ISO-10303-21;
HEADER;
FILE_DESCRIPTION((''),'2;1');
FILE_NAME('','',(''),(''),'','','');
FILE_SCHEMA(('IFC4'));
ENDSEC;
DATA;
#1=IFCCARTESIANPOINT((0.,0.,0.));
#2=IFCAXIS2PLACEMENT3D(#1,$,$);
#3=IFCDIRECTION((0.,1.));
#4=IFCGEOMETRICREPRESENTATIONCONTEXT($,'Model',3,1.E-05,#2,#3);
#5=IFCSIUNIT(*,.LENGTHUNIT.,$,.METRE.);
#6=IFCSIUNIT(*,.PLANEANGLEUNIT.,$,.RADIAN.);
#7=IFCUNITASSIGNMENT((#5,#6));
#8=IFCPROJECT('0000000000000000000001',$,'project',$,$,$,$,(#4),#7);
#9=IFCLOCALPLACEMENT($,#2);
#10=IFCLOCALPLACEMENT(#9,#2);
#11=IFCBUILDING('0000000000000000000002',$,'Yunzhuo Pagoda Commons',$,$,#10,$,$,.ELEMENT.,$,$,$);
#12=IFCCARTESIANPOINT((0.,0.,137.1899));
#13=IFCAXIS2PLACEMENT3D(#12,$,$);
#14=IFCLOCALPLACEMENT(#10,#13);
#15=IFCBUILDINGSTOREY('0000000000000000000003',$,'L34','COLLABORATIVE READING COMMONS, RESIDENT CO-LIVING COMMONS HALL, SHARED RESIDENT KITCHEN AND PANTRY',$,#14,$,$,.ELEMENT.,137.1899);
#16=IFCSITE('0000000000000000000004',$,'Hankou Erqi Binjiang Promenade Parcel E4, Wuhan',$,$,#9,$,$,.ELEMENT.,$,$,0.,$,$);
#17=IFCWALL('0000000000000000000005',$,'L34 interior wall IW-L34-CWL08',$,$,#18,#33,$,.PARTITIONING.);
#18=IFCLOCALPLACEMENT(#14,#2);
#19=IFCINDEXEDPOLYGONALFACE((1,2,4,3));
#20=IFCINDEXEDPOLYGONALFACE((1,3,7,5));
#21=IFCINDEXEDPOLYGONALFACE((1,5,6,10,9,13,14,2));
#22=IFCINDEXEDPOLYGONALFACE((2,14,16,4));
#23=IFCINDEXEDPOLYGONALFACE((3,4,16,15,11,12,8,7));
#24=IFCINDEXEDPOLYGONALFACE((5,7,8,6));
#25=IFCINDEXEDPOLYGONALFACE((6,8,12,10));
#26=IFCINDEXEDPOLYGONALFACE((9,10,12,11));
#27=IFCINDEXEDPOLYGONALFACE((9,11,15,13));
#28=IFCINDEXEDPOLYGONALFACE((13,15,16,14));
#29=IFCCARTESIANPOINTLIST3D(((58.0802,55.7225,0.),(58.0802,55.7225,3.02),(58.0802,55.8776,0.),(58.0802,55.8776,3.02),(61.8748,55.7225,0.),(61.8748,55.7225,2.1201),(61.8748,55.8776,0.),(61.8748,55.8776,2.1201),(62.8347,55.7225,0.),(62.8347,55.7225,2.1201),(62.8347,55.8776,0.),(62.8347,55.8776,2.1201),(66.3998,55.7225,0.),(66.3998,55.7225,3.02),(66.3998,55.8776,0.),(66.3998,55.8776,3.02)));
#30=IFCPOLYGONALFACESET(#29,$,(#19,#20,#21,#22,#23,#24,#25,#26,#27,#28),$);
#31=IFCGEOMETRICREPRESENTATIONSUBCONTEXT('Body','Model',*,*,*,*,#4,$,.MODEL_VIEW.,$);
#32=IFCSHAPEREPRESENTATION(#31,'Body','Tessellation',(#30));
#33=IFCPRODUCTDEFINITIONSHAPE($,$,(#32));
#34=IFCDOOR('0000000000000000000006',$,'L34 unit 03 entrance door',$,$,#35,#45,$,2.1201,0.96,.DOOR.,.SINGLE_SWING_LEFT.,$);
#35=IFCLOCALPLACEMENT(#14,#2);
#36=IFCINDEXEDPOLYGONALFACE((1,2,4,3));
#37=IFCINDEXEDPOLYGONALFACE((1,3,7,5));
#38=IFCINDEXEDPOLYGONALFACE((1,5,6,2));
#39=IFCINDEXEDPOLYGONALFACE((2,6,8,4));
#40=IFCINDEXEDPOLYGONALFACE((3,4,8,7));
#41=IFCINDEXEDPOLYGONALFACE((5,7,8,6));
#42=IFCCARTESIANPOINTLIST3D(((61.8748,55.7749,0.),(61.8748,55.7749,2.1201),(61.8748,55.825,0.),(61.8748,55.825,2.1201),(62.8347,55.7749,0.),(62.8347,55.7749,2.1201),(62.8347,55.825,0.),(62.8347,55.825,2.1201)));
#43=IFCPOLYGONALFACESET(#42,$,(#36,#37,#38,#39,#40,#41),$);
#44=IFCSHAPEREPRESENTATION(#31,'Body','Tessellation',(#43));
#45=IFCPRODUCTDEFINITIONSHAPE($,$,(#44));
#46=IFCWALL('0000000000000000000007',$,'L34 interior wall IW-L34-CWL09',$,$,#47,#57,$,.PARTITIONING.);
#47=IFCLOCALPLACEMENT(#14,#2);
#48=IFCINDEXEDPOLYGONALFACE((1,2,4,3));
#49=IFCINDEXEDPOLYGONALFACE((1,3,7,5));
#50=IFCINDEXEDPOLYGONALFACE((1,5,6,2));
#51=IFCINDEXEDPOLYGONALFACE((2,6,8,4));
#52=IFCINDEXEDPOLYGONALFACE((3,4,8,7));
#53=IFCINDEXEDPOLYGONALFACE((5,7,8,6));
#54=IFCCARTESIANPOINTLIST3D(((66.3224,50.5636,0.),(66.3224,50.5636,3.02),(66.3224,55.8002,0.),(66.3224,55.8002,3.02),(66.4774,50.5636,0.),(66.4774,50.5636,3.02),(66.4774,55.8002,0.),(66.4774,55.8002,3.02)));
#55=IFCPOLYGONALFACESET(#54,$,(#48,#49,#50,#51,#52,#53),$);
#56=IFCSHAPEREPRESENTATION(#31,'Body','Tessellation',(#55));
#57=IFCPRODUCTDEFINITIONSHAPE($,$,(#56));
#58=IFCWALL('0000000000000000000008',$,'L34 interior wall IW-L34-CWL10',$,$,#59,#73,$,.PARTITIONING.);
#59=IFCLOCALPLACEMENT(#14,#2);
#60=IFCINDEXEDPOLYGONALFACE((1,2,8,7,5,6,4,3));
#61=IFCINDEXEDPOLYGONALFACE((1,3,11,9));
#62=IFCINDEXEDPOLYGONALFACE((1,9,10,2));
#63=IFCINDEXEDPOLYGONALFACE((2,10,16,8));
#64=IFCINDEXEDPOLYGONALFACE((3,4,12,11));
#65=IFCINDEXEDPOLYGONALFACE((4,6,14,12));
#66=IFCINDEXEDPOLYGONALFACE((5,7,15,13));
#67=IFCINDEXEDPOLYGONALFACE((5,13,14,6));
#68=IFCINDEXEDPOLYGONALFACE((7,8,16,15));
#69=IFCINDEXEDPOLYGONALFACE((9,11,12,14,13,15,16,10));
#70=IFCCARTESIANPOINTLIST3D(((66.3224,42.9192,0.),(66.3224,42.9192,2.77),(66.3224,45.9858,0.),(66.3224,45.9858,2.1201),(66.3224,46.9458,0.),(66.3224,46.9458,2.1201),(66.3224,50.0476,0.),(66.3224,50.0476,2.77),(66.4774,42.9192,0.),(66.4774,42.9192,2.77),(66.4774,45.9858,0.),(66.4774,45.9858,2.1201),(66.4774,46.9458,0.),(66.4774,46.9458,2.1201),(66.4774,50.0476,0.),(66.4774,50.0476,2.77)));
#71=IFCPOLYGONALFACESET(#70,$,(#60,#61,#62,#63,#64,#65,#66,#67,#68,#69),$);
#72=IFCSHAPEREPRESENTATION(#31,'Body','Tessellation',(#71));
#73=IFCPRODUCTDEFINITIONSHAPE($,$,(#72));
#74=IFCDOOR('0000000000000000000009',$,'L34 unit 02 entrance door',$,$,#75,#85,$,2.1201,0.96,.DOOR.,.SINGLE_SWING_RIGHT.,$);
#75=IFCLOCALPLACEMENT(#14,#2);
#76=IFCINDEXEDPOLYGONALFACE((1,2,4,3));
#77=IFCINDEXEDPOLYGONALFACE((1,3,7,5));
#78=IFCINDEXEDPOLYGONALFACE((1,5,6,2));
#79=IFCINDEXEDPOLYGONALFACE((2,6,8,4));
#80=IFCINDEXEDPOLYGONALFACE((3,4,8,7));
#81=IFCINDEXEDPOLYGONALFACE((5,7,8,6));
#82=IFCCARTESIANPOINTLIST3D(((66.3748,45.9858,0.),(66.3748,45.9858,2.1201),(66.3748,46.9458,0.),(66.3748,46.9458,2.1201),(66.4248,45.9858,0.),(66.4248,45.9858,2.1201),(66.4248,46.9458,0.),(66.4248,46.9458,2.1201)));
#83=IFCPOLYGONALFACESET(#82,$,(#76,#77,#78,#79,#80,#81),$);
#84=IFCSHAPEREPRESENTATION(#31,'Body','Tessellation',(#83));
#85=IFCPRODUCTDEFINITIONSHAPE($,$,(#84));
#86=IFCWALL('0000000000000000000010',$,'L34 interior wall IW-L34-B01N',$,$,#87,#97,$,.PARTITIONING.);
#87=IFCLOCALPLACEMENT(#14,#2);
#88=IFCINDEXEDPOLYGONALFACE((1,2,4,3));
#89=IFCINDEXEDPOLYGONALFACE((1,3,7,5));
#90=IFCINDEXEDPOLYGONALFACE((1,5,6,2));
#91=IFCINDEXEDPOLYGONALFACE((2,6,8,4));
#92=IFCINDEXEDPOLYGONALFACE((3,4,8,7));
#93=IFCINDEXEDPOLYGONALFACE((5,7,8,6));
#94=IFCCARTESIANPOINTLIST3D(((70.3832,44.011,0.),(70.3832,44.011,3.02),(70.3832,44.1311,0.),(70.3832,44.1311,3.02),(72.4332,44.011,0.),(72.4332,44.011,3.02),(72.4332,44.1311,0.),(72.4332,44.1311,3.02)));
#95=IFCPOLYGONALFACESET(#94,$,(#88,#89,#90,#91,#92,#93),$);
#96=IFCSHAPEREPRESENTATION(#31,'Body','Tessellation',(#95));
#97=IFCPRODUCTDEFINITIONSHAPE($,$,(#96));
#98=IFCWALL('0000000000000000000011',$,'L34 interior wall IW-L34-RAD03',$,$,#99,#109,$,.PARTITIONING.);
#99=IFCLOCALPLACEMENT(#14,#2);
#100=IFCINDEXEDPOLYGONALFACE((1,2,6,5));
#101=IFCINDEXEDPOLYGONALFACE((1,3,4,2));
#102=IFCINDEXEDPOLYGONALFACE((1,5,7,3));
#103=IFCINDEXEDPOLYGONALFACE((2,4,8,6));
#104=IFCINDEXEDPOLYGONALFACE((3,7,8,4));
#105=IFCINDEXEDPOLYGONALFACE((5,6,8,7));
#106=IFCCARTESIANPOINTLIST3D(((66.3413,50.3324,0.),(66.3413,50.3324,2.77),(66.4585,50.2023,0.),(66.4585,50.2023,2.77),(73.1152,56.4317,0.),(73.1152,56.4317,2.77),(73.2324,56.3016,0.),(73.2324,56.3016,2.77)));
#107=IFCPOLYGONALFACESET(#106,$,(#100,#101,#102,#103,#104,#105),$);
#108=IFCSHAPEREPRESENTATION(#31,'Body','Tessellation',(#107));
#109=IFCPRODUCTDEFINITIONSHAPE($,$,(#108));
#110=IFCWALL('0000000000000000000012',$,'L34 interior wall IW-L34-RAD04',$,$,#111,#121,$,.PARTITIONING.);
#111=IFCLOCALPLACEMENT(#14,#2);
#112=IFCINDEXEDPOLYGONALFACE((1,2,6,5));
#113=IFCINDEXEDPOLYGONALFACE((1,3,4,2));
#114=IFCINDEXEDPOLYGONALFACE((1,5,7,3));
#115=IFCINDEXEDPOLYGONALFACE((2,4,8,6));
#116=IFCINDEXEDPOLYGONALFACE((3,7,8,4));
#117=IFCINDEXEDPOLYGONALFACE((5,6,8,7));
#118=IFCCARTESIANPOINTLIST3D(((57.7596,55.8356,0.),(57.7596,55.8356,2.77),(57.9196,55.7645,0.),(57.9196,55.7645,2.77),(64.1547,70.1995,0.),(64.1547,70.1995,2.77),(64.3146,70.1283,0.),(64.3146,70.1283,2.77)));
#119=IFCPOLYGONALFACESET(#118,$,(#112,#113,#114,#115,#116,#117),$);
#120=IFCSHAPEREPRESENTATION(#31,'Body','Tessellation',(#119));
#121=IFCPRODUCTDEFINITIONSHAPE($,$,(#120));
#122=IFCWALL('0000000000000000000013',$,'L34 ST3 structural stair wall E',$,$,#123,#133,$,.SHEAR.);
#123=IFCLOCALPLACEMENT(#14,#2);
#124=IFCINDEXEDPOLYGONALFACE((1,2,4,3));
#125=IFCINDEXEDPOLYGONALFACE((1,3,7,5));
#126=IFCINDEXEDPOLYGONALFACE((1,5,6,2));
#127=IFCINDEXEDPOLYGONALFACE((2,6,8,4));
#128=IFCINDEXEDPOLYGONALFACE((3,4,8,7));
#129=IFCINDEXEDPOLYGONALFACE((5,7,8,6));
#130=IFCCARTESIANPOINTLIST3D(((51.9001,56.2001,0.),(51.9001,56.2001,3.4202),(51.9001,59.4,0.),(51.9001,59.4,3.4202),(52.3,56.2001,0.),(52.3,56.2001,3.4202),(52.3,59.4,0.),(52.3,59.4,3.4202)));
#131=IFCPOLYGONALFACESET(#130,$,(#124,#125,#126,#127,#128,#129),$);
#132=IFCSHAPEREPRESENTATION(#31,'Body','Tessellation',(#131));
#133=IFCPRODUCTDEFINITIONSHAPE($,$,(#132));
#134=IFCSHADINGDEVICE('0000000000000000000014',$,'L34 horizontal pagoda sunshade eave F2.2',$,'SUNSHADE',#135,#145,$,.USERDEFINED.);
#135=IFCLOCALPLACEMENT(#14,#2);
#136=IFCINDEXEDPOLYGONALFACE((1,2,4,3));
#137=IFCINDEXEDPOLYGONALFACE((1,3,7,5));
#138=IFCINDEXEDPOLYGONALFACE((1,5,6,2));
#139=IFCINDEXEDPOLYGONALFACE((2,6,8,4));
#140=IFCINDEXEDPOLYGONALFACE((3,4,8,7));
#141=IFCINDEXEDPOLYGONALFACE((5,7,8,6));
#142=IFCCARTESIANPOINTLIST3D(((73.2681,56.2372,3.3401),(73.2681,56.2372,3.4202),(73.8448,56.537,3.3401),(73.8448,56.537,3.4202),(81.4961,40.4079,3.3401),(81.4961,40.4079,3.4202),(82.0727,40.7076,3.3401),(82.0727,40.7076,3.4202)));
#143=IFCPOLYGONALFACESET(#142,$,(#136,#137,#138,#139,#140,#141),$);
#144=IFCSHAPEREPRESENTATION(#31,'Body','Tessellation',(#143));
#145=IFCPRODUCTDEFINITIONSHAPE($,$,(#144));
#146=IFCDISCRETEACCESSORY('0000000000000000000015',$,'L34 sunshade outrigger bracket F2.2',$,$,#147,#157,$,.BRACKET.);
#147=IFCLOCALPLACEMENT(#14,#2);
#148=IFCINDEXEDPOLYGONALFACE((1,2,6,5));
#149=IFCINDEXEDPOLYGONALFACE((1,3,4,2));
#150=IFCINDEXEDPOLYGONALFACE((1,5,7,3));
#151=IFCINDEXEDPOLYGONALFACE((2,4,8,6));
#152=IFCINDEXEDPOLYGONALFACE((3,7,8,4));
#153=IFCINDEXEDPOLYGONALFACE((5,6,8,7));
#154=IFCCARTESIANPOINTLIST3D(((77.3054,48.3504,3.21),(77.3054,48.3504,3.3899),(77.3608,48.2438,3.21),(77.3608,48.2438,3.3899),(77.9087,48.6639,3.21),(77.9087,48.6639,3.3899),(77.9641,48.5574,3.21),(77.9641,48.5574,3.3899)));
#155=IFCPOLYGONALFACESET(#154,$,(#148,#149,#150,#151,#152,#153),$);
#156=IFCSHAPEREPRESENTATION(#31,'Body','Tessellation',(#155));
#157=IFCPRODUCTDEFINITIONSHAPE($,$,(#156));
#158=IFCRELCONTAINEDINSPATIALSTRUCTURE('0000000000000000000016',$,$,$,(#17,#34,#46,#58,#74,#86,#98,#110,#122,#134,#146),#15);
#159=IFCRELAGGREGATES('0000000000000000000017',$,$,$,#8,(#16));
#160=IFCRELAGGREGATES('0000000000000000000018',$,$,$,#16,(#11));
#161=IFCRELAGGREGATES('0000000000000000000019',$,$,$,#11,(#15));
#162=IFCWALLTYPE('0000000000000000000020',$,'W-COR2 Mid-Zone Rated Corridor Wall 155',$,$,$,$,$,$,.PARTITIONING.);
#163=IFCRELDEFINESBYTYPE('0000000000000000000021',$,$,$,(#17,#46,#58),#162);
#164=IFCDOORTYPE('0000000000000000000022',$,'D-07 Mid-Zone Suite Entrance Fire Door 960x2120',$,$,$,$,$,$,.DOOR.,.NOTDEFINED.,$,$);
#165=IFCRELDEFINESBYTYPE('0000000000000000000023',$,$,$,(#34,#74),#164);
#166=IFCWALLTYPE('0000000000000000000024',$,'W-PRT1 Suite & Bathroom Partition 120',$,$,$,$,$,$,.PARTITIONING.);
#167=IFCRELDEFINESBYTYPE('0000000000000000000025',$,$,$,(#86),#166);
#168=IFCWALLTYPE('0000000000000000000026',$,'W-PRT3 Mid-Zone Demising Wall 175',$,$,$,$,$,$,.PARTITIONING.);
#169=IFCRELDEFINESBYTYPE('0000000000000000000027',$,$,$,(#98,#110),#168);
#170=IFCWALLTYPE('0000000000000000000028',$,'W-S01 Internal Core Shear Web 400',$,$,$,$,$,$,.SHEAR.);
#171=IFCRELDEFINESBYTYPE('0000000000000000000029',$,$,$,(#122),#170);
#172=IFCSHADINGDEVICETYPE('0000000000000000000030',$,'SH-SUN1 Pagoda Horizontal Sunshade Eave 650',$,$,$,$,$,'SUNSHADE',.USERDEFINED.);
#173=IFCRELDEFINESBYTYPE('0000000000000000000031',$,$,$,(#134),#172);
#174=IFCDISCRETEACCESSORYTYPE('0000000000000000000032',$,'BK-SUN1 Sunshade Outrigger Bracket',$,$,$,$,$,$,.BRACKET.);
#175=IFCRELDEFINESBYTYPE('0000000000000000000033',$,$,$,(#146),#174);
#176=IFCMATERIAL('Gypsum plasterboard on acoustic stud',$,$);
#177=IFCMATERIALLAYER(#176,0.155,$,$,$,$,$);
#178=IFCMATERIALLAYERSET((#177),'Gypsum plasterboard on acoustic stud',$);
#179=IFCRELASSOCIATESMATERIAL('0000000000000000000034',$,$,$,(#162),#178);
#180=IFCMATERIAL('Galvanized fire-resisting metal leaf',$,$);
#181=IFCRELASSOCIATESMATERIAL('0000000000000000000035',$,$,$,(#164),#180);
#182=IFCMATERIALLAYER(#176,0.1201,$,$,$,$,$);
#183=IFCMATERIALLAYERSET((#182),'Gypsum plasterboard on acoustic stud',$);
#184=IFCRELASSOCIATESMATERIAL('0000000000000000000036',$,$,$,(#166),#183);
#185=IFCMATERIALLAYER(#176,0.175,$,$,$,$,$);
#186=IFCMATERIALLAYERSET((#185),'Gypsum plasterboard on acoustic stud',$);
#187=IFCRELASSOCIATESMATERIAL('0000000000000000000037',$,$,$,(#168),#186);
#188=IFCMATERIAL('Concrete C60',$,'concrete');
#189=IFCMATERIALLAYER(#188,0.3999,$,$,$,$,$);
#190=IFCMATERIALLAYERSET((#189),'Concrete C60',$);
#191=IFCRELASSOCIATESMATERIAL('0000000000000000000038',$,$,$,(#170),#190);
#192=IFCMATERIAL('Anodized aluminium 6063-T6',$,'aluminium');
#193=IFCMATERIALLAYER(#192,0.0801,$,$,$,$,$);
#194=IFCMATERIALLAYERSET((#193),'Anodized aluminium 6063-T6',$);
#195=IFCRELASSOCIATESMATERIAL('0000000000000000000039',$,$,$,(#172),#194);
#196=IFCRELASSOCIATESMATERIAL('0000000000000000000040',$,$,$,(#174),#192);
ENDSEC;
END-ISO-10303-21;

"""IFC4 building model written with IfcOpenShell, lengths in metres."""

from ifc_helpers import new_model, si_unit, direction, frame, frame_2d, origin, origin_with_axes, origin_2d, place, context, subcontext, project, spatial, rectangle, extrude, source, transform, mapped, material, layer, layer_set, type_object, element, fill, save


model = new_model("IFC4")

# Units and contexts
model_context = context("Model", 3, precision=1e-05, world=origin(), true_north=direction((0.0, 1.0)))
body_context = subcontext(model_context, "Body", "Model", "MODEL_VIEW")
ifc_project = project(units=[si_unit("LENGTHUNIT", "METRE"), si_unit("PLANEANGLEUNIT", "RADIAN")], contexts=[model_context])

# Site, building, storey
site_placement = place(None, origin())
site = spatial("IfcSite", under=ifc_project, at=site_placement, Name="Hankou Erqi Binjiang Promenade Parcel E4, Wuhan", CompositionType="ELEMENT", RefElevation=0.0)
building_placement = place(site_placement, origin())
building = spatial("IfcBuilding", under=site, at=building_placement, Name="Yunzhuo Pagoda Commons", CompositionType="ELEMENT")
storey_placement = place(building_placement, frame((0.0, 0.0, 137.1899)))
storey = spatial("IfcBuildingStorey", under=building, at=storey_placement, Name="L34", Description="COLLABORATIVE READING COMMONS, RESIDENT CO-LIVING COMMONS HALL, SHARED RESIDENT KITCHEN AND PANTRY", CompositionType="ELEMENT", Elevation=137.1899)

# Shared definitions
ifc_material_1 = material(Name="Anodized aluminium 6063-T6", Category="aluminium")

# Shared definitions
ifc_material_2 = material(Name="Gypsum plasterboard on acoustic stud")
ifc_layer_1 = layer(ifc_material_2, 0.155)
ifc_layer_set_1 = layer_set([ifc_layer_1], Name="Gypsum plasterboard on acoustic stud")
wall_type_1 = type_object("IfcWallType", Name="W-COR2 Mid-Zone Rated Corridor Wall 155", PredefinedType="PARTITIONING", material=ifc_layer_set_1)

# Wall, opening, door
wall_1_placement = place(storey_placement, frame((58.0803, 55.8, 0.0), z_axis=(0.0, 0.0, 1.0), x_axis=(1.0, 0.0, 0.0)))
wall_1 = element("IfcWall", 1, at=wall_1_placement, inside=storey, type_object=wall_type_1, Name="L34 interior wall IW-L34-CWL08", PredefinedType="PARTITIONING", context=body_context, shape_type="SweptSolid", body=[
    extrude(rectangle(XDim=8.3196, YDim=0.155, at=frame_2d((4.1597, 0.0))), origin(), (0.0, 0.0, 1.0), 3.02),
])
opening_1_placement = place(wall_1_placement, frame((3.7944, 0.0, 0.0)))
opening_1 = element("IfcOpeningElement", 2, at=opening_1_placement, cuts=wall_1, PredefinedType="OPENING", context=body_context, shape_type="SweptSolid", body=[
    extrude(rectangle(XDim=0.96, YDim=2.1201, at=frame_2d((0.48, 1.0601))), frame((0.0, 0.0874, 0.0), z_axis=(0.0, -1.0, 0.0), x_axis=(1.0, 0.0, 0.0)), (0.0, 0.0, 1.0), 0.175),
])
ifc_material_3 = material(Name="Galvanized fire-resisting metal leaf")
door_type = type_object("IfcDoorType", Name="D-07 Mid-Zone Suite Entrance Fire Door 960x2120", OperationType="NOTDEFINED", PredefinedType="DOOR", material=ifc_material_3)
shared_shape_1 = source(origin(), body_context, "Body", "SweptSolid", [
    extrude(rectangle(XDim=0.96, YDim=2.1201, at=frame_2d((0.48, 1.0601))), frame((0.0, 0.0249, 0.0), z_axis=(0.0, -1.0, 0.0), x_axis=(1.0, 0.0, 0.0)), (0.0, 0.0, 1.0), 0.05),
])
door_1_placement = place(opening_1_placement, origin_with_axes())
door_1 = element("IfcDoor", 3, at=door_1_placement, inside=storey, type_object=door_type, Name="L34 unit 03 entrance door", OperationType="SINGLE_SWING_LEFT", OverallHeight=2.1201, OverallWidth=0.96, PredefinedType="DOOR", context=body_context, shape_type="MappedRepresentation", body=[
    mapped(shared_shape_1, transform((0.0, 0.0, 0.0), scale=1.0)),
])
fill(opening_1, door_1)

# Wall
wall_2_placement = place(storey_placement, frame((66.3999, 55.8, 0.0), z_axis=(0.0, 0.0, 1.0), x_axis=(0.0, -1.0, 0.0)))
element("IfcWall", 4, at=wall_2_placement, inside=storey, type_object=wall_type_1, Name="L34 interior wall IW-L34-CWL09", PredefinedType="PARTITIONING", context=body_context, shape_type="SweptSolid", body=[
    extrude(rectangle(XDim=5.2366, YDim=0.155, at=frame_2d((2.6182, 0.0))), origin(), (0.0, 0.0, 1.0), 3.02),
])

# Wall, opening, door
wall_3_placement = place(storey_placement, frame((66.3999, 50.0476, 0.0), z_axis=(0.0, 0.0, 1.0), x_axis=(0.0, -1.0, 0.0)))
wall_3 = element("IfcWall", 5, at=wall_3_placement, inside=storey, type_object=wall_type_1, Name="L34 interior wall IW-L34-CWL10", PredefinedType="PARTITIONING", context=body_context, shape_type="SweptSolid", body=[
    extrude(rectangle(XDim=7.1284, YDim=0.155, at=frame_2d((3.5642, 0.0))), origin(), (0.0, 0.0, 1.0), 2.77),
])
opening_2_placement = place(wall_3_placement, frame((3.1018, 0.0, 0.0)))
opening_2 = element("IfcOpeningElement", 6, at=opening_2_placement, cuts=wall_3, PredefinedType="OPENING", context=body_context, shape_type="SweptSolid", body=[
    extrude(rectangle(XDim=0.96, YDim=2.1201, at=frame_2d((0.48, 1.0601))), frame((0.0, 0.0874, 0.0), z_axis=(0.0, -1.0, 0.0), x_axis=(1.0, 0.0, 0.0)), (0.0, 0.0, 1.0), 0.175),
])
door_2_placement = place(opening_2_placement, origin_with_axes())
door_2 = element("IfcDoor", 7, at=door_2_placement, inside=storey, type_object=door_type, Name="L34 unit 02 entrance door", OperationType="SINGLE_SWING_RIGHT", OverallHeight=2.1201, OverallWidth=0.96, PredefinedType="DOOR", context=body_context, shape_type="MappedRepresentation", body=[
    mapped(shared_shape_1, transform((0.0, 0.0, 0.0), scale=1.0)),
])
fill(opening_2, door_2)

# Walls
ifc_layer_2 = layer(ifc_material_2, 0.1201)
ifc_layer_set_2 = layer_set([ifc_layer_2], Name="Gypsum plasterboard on acoustic stud")
wall_type_2 = type_object("IfcWallType", Name="W-PRT1 Suite & Bathroom Partition 120", PredefinedType="PARTITIONING", material=ifc_layer_set_2)
wall_4_placement = place(storey_placement, frame((72.4331, 44.071, 0.0), z_axis=(0.0, 0.0, 1.0), x_axis=(-1.0, 0.0, 0.0)))
element("IfcWall", 8, at=wall_4_placement, inside=storey, type_object=wall_type_2, Name="L34 interior wall IW-L34-B01N", PredefinedType="PARTITIONING", context=body_context, shape_type="SweptSolid", body=[
    extrude(rectangle(XDim=2.05, YDim=0.1201, at=frame_2d((1.0249, 0.0))), origin(), (0.0, 0.0, 1.0), 3.02),
])
ifc_layer_3 = layer(ifc_material_2, 0.175)
ifc_layer_set_3 = layer_set([ifc_layer_3], Name="Gypsum plasterboard on acoustic stud")
wall_type_3 = type_object("IfcWallType", Name="W-PRT3 Mid-Zone Demising Wall 175", PredefinedType="PARTITIONING", material=ifc_layer_set_3)
wall_5_placement = place(storey_placement, frame((66.3999, 50.2673, 0.0), z_axis=(0.0, 0.0, 1.0), x_axis=(0.74314, 0.669136, 0.0)))
element("IfcWall", 9, at=wall_5_placement, inside=storey, type_object=wall_type_3, Name="L34 interior wall IW-L34-RAD03", PredefinedType="PARTITIONING", context=body_context, shape_type="SweptSolid", body=[
    extrude(rectangle(XDim=9.1152, YDim=0.175, at=frame_2d((4.5576, 0.0))), origin(), (0.0, 0.0, 1.0), 2.77),
])
wall_6_placement = place(storey_placement, frame((57.8396, 55.8, 0.0), z_axis=(0.0, 0.0, 1.0), x_axis=(0.406729, 0.913549, 0.0)))
element("IfcWall", 10, at=wall_6_placement, inside=storey, type_object=wall_type_3, Name="L34 interior wall IW-L34-RAD04", PredefinedType="PARTITIONING", context=body_context, shape_type="SweptSolid", body=[
    extrude(rectangle(XDim=15.7231, YDim=0.175, at=frame_2d((7.8616, 0.0))), origin(), (0.0, 0.0, 1.0), 2.77),
])
ifc_material_4 = material(Name="Concrete C60", Category="concrete")
ifc_layer_4 = layer(ifc_material_4, 0.3999)
ifc_layer_set_4 = layer_set([ifc_layer_4], Name="Concrete C60")
wall_type_4 = type_object("IfcWallType", Name="W-S01 Internal Core Shear Web 400", PredefinedType="SHEAR", material=ifc_layer_set_4)
wall_7_placement = place(storey_placement, frame((52.1001, 56.2, 0.0), z_axis=(0.0, 0.0, 1.0), x_axis=(0.0, 1.0, 0.0)))
element("IfcWall", 11, at=wall_7_placement, inside=storey, type_object=wall_type_4, Name="L34 ST3 structural stair wall E", PredefinedType="SHEAR", context=body_context, shape_type="SweptSolid", body=[
    extrude(rectangle(XDim=3.2, YDim=0.3999, at=frame_2d((1.6001, 0.0))), origin(), (0.0, 0.0, 1.0), 3.4202),
])

# Shading device
ifc_layer_5 = layer(ifc_material_1, 0.0801)
ifc_layer_set_5 = layer_set([ifc_layer_5], Name="Anodized aluminium 6063-T6")
shading_device_type = type_object("IfcShadingDeviceType", Name="SH-SUN1 Pagoda Horizontal Sunshade Eave 650", ElementType="SUNSHADE", PredefinedType="USERDEFINED", material=ifc_layer_set_5)
shared_shape_2 = source(origin(), body_context, "Body", "SweptSolid", [
    extrude(rectangle(XDim=17.8401, YDim=0.6499, at=origin_2d()), origin(), (0.0, 0.0, 1.0), 0.0801),
])
shading_device_placement = place(storey_placement, frame((77.6704, 48.4724, 3.3401), z_axis=(0.0, 0.0, 1.0), x_axis=(-0.461207, 0.887293, 0.0)))
element("IfcShadingDevice", 12, at=shading_device_placement, inside=storey, type_object=shading_device_type, Name="L34 horizontal pagoda sunshade eave F2.2", ObjectType="SUNSHADE", PredefinedType="USERDEFINED", context=body_context, shape_type="MappedRepresentation", body=[
    mapped(shared_shape_2, transform((0.0, 0.0, 0.0), scale=1.0)),
])

# Discrete accessory
discrete_accessory_type = type_object("IfcDiscreteAccessoryType", Name="BK-SUN1 Sunshade Outrigger Bracket", PredefinedType="BRACKET", material=ifc_material_1)
shared_shape_3 = source(origin(), body_context, "Body", "SweptSolid", [
    extrude(rectangle(XDim=0.1201, YDim=0.6799, at=origin_2d()), origin(), (0.0, 0.0, 1.0), 0.1799),
])
discrete_accessory_placement = place(storey_placement, frame((77.6348, 48.4539, 3.21), z_axis=(0.0, 0.0, 1.0), x_axis=(-0.461207, 0.887293, 0.0)))
element("IfcDiscreteAccessory", 13, at=discrete_accessory_placement, inside=storey, type_object=discrete_accessory_type, Name="L34 sunshade outrigger bracket F2.2", PredefinedType="BRACKET", context=body_context, shape_type="MappedRepresentation", body=[
    mapped(shared_shape_3, transform((0.0, 0.0, 0.0), scale=1.0)),
])

save(model, "model.ifc")
